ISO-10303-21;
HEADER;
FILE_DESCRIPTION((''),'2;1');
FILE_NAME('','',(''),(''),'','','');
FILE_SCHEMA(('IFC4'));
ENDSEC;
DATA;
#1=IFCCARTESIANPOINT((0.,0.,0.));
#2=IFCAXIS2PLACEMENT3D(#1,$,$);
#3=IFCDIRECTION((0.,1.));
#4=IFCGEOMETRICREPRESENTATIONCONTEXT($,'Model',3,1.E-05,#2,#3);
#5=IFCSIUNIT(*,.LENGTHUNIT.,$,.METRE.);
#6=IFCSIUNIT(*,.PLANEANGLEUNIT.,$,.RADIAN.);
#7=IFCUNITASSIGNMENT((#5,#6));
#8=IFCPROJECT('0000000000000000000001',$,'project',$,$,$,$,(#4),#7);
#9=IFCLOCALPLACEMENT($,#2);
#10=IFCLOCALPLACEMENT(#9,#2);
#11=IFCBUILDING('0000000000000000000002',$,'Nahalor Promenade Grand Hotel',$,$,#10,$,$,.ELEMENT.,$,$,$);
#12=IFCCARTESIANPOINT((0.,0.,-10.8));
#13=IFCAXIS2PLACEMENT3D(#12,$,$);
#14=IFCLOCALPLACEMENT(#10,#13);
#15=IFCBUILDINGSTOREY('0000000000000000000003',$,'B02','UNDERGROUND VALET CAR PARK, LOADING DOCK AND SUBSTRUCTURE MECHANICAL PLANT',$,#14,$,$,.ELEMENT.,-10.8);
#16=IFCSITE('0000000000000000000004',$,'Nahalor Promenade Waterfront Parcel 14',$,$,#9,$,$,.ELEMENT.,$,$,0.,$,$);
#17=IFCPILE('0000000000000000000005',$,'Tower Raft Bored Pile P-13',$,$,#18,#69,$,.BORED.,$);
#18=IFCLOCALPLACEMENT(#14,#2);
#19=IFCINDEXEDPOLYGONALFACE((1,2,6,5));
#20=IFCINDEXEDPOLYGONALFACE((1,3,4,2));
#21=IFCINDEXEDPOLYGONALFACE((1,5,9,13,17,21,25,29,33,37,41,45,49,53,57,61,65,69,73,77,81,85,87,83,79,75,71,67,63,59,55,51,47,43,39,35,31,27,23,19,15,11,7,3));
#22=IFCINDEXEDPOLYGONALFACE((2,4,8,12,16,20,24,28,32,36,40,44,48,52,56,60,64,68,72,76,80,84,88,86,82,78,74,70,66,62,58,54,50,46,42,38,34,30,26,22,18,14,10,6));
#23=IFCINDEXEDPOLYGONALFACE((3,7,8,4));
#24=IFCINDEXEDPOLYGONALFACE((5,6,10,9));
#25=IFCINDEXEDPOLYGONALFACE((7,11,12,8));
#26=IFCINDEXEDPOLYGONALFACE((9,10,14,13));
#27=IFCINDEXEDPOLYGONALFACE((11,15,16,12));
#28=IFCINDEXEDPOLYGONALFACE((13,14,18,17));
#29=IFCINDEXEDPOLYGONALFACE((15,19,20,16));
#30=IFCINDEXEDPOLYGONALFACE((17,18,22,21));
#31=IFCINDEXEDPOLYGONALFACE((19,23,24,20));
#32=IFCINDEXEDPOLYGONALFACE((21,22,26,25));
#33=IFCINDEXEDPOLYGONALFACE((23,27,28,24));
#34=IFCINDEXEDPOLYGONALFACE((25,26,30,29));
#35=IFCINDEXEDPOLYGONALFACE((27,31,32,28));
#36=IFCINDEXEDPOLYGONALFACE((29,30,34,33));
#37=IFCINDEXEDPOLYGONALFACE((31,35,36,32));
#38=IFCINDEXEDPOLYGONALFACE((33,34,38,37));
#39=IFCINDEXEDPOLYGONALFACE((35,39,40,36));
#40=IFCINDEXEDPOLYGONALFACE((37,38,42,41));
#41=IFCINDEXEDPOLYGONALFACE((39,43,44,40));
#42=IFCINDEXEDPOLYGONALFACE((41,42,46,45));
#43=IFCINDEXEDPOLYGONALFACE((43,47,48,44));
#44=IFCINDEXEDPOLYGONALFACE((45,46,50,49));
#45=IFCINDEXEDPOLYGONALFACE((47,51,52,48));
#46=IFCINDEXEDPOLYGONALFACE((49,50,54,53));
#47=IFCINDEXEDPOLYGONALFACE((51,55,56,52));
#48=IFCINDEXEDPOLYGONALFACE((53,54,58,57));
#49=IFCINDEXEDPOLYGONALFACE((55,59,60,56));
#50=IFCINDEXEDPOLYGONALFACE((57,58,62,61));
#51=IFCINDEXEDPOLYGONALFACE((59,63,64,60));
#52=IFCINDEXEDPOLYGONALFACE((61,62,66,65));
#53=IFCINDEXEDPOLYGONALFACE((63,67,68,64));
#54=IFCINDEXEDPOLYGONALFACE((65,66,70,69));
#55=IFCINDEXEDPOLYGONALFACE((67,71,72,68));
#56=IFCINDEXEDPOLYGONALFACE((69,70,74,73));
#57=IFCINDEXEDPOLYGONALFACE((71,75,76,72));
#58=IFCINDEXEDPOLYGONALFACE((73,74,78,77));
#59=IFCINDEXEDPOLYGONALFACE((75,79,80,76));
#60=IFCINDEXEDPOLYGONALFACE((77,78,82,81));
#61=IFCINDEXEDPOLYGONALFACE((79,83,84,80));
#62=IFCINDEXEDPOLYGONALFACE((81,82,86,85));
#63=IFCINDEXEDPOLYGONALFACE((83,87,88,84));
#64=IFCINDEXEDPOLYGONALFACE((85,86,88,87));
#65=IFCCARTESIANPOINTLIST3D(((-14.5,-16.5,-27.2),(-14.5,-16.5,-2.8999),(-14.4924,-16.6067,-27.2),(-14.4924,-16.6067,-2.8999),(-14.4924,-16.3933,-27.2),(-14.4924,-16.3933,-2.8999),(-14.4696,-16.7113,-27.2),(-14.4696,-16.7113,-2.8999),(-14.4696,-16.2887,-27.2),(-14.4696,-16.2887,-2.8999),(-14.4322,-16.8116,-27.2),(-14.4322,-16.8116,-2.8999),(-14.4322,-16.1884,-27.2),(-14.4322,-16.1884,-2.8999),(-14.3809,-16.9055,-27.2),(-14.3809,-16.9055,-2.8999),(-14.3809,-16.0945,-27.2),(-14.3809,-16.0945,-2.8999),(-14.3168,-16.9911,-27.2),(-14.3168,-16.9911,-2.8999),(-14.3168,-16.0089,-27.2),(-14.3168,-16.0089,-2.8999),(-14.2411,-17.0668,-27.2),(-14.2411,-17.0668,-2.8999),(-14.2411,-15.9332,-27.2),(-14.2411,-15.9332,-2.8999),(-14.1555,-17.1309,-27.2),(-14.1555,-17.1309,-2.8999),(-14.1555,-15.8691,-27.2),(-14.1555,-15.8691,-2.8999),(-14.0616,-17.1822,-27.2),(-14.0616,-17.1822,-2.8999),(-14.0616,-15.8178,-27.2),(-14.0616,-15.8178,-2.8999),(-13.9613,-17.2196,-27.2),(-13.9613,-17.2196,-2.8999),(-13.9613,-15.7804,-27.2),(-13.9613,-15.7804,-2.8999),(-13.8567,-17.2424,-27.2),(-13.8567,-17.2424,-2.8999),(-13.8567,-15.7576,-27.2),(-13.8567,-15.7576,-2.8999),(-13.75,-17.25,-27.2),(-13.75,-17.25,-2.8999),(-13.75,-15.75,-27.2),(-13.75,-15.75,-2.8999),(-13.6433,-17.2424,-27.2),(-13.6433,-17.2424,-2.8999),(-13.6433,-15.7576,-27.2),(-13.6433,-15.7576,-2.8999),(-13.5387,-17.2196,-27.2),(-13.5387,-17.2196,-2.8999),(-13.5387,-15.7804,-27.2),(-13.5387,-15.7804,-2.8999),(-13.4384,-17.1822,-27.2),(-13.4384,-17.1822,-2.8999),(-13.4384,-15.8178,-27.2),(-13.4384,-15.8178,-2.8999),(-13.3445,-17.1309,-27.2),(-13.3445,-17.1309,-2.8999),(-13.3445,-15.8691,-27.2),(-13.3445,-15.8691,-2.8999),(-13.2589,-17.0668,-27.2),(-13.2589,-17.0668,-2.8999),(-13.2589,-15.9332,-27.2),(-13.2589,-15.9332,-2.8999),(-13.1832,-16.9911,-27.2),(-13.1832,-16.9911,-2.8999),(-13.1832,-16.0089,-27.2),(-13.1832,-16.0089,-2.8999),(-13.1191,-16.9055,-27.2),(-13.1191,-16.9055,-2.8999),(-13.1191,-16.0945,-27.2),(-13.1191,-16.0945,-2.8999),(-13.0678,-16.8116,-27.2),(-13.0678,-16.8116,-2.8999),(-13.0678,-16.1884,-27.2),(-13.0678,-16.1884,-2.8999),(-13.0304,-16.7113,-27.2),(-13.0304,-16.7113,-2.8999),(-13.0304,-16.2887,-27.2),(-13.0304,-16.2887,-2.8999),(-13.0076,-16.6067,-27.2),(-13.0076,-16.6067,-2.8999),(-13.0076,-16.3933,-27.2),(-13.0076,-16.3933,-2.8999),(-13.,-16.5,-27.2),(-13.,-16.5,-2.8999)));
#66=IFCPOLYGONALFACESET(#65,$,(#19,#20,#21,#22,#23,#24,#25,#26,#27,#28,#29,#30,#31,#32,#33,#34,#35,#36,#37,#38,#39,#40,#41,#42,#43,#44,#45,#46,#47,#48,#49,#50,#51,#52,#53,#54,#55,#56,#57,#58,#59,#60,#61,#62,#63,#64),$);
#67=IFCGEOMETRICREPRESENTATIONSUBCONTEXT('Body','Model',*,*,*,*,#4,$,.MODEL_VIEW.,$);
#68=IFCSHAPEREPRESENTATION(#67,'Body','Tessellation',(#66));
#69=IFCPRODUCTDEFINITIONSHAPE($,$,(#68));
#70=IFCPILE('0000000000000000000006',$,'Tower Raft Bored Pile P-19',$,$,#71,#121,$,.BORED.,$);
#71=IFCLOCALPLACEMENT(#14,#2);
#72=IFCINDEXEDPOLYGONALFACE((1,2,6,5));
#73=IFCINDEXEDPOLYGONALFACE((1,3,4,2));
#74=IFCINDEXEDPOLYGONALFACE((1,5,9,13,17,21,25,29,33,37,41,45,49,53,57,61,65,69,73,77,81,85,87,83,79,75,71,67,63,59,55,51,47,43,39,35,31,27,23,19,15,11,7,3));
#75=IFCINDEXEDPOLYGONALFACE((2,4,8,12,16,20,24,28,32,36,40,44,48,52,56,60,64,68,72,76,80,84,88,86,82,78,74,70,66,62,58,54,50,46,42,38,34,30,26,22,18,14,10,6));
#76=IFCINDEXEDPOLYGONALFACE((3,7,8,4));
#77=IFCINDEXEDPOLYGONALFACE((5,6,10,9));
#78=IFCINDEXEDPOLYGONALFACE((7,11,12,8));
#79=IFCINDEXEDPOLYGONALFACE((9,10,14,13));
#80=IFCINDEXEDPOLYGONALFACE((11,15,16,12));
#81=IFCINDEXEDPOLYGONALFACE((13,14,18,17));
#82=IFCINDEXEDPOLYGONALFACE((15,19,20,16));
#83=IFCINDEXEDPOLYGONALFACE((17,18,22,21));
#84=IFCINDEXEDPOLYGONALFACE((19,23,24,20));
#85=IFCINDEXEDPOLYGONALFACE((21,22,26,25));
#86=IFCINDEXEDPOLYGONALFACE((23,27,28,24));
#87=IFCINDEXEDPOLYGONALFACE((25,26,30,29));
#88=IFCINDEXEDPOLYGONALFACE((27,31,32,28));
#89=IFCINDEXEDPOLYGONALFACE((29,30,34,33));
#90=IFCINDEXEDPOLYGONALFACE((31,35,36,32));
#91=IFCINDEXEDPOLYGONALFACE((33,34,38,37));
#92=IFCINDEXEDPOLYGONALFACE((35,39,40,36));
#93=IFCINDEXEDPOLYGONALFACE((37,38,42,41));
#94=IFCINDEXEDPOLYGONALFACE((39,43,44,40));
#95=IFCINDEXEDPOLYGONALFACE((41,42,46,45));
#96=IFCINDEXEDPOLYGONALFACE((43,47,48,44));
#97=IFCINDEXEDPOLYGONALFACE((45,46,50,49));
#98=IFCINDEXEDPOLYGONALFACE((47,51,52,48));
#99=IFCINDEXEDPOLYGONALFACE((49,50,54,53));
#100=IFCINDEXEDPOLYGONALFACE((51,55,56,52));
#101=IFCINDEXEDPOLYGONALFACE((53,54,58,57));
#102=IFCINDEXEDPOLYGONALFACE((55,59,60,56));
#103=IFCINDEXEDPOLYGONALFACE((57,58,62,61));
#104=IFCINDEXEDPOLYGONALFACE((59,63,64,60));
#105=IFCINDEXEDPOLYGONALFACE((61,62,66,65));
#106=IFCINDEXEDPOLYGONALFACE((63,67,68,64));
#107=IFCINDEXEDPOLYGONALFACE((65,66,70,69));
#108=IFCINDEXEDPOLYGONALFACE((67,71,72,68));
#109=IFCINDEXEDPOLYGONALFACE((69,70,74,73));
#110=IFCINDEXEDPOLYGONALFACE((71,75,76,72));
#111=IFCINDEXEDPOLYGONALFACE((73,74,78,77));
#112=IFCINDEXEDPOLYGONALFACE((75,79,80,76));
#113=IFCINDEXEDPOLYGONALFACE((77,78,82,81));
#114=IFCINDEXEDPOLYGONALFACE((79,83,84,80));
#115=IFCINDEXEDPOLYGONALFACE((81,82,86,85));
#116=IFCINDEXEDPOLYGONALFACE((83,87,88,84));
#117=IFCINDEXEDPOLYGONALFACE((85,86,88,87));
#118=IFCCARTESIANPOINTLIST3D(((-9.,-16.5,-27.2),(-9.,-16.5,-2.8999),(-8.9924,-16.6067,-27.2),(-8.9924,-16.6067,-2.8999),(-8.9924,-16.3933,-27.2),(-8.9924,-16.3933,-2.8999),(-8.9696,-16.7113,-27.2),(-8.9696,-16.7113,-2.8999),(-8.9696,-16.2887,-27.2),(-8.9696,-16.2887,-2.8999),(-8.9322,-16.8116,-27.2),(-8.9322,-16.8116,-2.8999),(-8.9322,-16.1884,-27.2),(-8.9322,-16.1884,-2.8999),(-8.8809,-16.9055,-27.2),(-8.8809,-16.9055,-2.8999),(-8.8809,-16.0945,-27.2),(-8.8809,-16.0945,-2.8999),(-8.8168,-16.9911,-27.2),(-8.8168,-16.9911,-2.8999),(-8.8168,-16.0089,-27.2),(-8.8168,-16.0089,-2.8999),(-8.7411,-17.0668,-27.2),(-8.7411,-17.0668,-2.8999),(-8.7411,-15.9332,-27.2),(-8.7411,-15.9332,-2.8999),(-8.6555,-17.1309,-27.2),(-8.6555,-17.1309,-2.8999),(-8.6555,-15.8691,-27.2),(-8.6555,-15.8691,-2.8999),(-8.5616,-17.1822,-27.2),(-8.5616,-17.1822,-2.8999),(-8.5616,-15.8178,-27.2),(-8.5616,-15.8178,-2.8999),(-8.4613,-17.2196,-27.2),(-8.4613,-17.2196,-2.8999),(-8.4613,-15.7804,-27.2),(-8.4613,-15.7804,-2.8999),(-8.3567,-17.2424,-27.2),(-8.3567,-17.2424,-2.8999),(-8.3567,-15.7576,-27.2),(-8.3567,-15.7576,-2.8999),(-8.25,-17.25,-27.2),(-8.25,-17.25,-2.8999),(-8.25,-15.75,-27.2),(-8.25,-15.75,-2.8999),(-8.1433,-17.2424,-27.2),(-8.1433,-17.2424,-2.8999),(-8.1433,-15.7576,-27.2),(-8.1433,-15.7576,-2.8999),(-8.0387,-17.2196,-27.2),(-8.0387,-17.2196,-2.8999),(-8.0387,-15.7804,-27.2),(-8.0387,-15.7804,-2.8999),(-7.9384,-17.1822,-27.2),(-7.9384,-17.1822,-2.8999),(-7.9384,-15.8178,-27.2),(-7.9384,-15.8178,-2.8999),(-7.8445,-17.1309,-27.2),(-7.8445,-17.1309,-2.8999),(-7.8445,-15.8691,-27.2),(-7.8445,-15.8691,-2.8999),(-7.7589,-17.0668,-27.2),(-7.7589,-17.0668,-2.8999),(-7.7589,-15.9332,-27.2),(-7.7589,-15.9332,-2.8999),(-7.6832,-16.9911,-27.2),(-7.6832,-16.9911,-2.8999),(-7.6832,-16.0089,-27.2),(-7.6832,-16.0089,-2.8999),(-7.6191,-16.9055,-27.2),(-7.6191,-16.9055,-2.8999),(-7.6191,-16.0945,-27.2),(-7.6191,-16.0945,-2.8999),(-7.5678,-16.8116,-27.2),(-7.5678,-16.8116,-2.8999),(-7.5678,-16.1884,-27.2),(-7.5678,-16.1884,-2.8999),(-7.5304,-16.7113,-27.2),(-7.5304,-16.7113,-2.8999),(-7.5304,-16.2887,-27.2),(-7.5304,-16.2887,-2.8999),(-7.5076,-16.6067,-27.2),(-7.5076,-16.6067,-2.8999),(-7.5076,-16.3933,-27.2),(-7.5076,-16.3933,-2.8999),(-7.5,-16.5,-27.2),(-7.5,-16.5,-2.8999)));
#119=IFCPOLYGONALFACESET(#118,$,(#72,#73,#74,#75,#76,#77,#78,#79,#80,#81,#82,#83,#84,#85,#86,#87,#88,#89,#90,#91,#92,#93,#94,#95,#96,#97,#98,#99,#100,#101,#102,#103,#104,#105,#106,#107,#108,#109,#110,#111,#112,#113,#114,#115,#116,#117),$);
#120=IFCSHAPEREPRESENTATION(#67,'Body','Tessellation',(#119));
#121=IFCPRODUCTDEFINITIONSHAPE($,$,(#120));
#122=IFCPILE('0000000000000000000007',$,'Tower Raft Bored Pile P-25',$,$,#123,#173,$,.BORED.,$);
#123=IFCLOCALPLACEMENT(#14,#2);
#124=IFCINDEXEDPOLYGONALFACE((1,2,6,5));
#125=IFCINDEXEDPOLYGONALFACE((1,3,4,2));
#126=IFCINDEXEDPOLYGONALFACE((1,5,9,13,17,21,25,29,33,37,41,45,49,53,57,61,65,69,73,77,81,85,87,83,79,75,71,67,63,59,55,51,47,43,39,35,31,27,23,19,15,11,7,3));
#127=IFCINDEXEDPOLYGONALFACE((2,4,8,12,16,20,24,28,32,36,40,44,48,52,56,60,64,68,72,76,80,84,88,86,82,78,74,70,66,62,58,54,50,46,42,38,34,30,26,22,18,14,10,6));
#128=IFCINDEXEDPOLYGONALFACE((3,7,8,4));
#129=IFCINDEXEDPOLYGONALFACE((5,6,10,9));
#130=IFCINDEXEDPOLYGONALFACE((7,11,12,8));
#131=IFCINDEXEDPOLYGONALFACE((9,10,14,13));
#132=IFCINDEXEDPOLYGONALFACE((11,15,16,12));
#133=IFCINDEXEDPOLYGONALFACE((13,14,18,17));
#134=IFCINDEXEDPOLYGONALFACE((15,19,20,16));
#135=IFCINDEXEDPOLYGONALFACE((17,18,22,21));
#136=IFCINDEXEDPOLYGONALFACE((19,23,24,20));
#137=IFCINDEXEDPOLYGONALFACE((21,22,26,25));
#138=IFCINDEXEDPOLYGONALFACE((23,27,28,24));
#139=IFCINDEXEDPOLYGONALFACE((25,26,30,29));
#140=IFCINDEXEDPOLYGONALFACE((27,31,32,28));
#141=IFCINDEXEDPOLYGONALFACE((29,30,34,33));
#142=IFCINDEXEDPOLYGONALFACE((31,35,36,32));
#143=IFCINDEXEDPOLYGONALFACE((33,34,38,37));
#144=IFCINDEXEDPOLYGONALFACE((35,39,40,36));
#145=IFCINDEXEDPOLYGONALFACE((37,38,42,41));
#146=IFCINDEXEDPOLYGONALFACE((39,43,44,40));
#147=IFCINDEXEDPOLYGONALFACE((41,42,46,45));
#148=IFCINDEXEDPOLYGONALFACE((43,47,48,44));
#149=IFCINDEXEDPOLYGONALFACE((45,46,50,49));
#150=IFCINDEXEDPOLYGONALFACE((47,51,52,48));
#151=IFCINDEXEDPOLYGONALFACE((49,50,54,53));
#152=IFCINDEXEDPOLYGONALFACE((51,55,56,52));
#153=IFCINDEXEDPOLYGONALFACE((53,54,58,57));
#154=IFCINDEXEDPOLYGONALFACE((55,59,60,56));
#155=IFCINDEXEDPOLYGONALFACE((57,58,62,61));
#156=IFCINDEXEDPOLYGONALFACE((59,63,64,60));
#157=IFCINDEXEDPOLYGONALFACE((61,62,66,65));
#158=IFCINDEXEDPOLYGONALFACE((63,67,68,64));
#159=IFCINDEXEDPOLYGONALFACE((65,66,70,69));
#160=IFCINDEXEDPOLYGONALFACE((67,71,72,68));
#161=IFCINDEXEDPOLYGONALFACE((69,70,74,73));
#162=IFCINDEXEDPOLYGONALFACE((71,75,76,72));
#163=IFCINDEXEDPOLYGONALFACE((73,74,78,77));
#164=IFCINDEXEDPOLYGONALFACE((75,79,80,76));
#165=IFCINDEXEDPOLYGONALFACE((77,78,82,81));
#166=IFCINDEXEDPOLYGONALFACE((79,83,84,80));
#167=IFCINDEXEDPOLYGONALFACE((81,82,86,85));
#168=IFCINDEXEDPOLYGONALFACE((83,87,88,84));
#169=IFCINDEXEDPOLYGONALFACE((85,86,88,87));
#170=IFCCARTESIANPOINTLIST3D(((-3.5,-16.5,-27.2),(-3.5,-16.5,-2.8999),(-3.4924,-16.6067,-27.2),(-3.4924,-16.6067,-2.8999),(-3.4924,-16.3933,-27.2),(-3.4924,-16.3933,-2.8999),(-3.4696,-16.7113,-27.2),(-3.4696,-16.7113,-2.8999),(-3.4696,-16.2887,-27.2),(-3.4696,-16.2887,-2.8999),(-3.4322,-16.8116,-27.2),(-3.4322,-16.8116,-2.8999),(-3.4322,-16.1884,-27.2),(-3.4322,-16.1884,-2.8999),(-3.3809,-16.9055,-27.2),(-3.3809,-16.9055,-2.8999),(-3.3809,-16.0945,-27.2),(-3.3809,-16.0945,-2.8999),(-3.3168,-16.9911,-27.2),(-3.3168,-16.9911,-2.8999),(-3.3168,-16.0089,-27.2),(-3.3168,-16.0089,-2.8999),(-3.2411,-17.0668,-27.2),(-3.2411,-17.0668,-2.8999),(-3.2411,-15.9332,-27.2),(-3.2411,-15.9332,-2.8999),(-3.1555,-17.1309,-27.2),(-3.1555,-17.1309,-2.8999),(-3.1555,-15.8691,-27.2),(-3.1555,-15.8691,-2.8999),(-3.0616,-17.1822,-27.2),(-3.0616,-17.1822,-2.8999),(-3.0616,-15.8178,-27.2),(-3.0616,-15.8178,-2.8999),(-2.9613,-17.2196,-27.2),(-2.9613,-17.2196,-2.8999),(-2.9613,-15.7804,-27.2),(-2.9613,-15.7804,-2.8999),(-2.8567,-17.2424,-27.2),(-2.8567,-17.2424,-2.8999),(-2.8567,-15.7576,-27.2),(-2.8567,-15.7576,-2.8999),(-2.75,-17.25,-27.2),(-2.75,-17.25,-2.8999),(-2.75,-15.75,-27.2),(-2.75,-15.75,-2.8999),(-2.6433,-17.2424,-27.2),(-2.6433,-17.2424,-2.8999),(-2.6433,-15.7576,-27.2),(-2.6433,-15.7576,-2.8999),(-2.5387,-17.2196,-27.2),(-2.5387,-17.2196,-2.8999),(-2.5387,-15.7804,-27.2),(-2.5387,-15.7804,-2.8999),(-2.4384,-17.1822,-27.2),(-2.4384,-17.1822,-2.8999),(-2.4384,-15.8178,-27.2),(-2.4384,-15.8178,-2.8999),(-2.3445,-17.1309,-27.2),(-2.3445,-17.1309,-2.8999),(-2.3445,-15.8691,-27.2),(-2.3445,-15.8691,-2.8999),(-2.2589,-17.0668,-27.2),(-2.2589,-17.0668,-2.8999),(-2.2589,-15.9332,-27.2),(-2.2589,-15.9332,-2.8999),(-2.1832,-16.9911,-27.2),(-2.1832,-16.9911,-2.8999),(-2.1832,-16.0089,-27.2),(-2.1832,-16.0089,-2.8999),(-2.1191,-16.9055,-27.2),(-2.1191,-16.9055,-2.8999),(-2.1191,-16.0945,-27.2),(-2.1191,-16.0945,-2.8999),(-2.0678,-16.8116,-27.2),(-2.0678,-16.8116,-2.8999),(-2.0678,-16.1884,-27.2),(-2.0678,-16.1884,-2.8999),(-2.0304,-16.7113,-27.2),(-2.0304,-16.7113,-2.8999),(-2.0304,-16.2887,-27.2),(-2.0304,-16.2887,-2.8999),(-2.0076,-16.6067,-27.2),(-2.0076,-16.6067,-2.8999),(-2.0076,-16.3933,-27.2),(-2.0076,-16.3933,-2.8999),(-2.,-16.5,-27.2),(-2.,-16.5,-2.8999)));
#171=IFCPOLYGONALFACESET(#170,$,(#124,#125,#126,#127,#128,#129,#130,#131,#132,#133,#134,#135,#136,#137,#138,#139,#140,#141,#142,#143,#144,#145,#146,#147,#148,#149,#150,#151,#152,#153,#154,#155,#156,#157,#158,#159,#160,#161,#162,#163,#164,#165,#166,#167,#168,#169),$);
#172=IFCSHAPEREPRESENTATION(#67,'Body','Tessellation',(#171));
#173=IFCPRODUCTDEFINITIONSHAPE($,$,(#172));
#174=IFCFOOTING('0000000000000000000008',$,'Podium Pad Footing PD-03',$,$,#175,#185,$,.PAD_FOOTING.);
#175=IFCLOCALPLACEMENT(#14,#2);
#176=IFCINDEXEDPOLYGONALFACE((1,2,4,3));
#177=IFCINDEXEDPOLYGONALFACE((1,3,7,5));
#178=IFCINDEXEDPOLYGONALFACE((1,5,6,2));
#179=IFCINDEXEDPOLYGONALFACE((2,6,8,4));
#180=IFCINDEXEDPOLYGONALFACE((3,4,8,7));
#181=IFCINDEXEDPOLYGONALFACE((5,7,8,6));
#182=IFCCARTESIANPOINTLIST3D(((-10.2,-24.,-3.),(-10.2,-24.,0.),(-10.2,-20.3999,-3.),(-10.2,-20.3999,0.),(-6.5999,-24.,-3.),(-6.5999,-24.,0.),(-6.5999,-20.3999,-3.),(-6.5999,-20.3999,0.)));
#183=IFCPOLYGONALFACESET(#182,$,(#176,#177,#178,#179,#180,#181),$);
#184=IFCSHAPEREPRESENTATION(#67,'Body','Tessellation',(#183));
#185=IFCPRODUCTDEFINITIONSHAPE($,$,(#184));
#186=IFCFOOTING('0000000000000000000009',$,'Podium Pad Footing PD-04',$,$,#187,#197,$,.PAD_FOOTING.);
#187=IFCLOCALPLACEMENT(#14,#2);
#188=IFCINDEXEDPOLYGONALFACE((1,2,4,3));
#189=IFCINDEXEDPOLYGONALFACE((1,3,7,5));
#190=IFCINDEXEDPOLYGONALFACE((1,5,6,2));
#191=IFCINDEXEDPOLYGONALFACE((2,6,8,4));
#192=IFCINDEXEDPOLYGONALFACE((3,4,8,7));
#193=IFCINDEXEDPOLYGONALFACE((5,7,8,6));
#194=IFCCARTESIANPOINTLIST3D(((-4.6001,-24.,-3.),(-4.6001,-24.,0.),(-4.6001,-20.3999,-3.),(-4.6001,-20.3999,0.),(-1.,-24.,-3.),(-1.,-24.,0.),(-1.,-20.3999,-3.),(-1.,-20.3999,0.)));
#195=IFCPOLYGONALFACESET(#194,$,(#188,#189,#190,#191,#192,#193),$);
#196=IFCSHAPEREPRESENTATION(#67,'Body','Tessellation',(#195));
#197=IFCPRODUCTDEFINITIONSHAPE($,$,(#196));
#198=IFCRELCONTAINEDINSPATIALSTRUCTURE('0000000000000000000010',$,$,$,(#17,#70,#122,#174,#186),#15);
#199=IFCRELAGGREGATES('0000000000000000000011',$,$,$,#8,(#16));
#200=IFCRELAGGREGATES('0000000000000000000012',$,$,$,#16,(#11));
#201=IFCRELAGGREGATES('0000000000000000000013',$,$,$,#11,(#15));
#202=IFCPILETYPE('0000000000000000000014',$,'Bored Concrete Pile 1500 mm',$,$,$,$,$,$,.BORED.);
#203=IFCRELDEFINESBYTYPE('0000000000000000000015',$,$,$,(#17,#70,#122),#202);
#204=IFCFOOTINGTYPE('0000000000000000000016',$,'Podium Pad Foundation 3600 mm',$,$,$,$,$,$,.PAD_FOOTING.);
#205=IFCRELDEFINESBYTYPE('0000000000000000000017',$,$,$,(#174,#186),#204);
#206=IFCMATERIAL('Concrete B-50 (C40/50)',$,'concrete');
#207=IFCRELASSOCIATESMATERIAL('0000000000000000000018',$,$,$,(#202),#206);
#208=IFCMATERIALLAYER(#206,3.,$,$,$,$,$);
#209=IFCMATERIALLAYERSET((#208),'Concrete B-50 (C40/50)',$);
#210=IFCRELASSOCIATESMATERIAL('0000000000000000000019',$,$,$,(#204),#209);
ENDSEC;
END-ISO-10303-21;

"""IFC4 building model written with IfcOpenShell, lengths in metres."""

from ifc_helpers import new_model, si_unit, direction, frame, origin, origin_2d, place, context, subcontext, project, spatial, rectangle, circle, extrude, source, transform, mapped, material, layer, layer_set, material_profile, profile_set, type_object, element, save


model = new_model("IFC4")

# Units and contexts
model_context = context("Model", 3, precision=1e-05, world=origin(), true_north=direction((0.0, 1.0)))
body_context = subcontext(model_context, "Body", "Model", "MODEL_VIEW")
ifc_project = project(units=[si_unit("LENGTHUNIT", "METRE"), si_unit("PLANEANGLEUNIT", "RADIAN")], contexts=[model_context])

# Site, building, storey
site_placement = place(None, origin())
site = spatial("IfcSite", under=ifc_project, at=site_placement, Name="Nahalor Promenade Waterfront Parcel 14", CompositionType="ELEMENT", RefElevation=0.0)
building_placement = place(site_placement, origin())
building = spatial("IfcBuilding", under=site, at=building_placement, Name="Nahalor Promenade Grand Hotel", CompositionType="ELEMENT")
storey_placement = place(building_placement, frame((0.0, 0.0, -10.8)))
storey = spatial("IfcBuildingStorey", under=building, at=storey_placement, Name="B02", Description="UNDERGROUND VALET CAR PARK, LOADING DOCK AND SUBSTRUCTURE MECHANICAL PLANT", CompositionType="ELEMENT", Elevation=-10.8)

# Piles
ifc_material_1 = material(Name="Concrete B-50 (C40/50)", Category="concrete")
ifc_material_profile_1 = material_profile(ifc_material_1, circle(Radius=0.75, at=origin_2d()), Name="PILE D1500")
ifc_profile_set_1 = profile_set([ifc_material_profile_1], Name="Concrete B-50 (C40/50)")
pile_type = type_object("IfcPileType", Name="Bored Concrete Pile 1500 mm", PredefinedType="BORED", material=ifc_profile_set_1)
shared_shape_1 = source(origin(), body_context, "Body", "SweptSolid", [
    extrude(circle(Radius=0.75, at=origin_2d()), origin(), (0.0, 0.0, 1.0), 24.3),
])
for number, where, z_axis, x_axis, name in (
    (1, (-13.75, -16.5, -2.8999), (0.0, 0.0, -1.0), (1.0, 0.0, 0.0), "Tower Raft Bored Pile P-13"),
    (2, (-8.25, -16.5, -2.8999), (0.0, 0.0, -1.0), (1.0, 0.0, 0.0), "Tower Raft Bored Pile P-19"),
    (3, (-2.75, -16.5, -2.8999), (0.0, 0.0, -1.0), (1.0, 0.0, 0.0), "Tower Raft Bored Pile P-25"),
):
    element("IfcPile", number, at=place(storey_placement, frame(where, z_axis=z_axis, x_axis=x_axis)), inside=storey, type_object=pile_type, Name=name, PredefinedType="BORED", context=body_context, shape_type="MappedRepresentation", body=[
        mapped(shared_shape_1, transform((0.0, 0.0, 0.0), scale=1.0)),
    ])

# Footings
ifc_layer_1 = layer(ifc_material_1, 3.0)
ifc_layer_set_1 = layer_set([ifc_layer_1], Name="Concrete B-50 (C40/50)")
footing_type_1 = type_object("IfcFootingType", Name="Podium Pad Foundation 3600 mm", PredefinedType="PAD_FOOTING", material=ifc_layer_set_1)
shared_shape_2 = source(origin(), body_context, "Body", "SweptSolid", [
    extrude(rectangle(XDim=3.6001, YDim=3.6001, at=origin_2d()), origin(), (0.0, 0.0, 1.0), 3.0),
])
for number, where, z_axis, x_axis, name in (
    (4, (-8.3999, -22.2, -3.0), (0.0, 0.0, 1.0), (1.0, 0.0, 0.0), "Podium Pad Footing PD-03"),
    (5, (-2.8, -22.2, -3.0), (0.0, 0.0, 1.0), (1.0, 0.0, 0.0), "Podium Pad Footing PD-04"),
):
    element("IfcFooting", number, at=place(storey_placement, frame(where, z_axis=z_axis, x_axis=x_axis)), inside=storey, type_object=footing_type_1, Name=name, PredefinedType="PAD_FOOTING", context=body_context, shape_type="MappedRepresentation", body=[
        mapped(shared_shape_2, transform((0.0, 0.0, 0.0), scale=1.0)),
    ])

save(model, "model.ifc")
